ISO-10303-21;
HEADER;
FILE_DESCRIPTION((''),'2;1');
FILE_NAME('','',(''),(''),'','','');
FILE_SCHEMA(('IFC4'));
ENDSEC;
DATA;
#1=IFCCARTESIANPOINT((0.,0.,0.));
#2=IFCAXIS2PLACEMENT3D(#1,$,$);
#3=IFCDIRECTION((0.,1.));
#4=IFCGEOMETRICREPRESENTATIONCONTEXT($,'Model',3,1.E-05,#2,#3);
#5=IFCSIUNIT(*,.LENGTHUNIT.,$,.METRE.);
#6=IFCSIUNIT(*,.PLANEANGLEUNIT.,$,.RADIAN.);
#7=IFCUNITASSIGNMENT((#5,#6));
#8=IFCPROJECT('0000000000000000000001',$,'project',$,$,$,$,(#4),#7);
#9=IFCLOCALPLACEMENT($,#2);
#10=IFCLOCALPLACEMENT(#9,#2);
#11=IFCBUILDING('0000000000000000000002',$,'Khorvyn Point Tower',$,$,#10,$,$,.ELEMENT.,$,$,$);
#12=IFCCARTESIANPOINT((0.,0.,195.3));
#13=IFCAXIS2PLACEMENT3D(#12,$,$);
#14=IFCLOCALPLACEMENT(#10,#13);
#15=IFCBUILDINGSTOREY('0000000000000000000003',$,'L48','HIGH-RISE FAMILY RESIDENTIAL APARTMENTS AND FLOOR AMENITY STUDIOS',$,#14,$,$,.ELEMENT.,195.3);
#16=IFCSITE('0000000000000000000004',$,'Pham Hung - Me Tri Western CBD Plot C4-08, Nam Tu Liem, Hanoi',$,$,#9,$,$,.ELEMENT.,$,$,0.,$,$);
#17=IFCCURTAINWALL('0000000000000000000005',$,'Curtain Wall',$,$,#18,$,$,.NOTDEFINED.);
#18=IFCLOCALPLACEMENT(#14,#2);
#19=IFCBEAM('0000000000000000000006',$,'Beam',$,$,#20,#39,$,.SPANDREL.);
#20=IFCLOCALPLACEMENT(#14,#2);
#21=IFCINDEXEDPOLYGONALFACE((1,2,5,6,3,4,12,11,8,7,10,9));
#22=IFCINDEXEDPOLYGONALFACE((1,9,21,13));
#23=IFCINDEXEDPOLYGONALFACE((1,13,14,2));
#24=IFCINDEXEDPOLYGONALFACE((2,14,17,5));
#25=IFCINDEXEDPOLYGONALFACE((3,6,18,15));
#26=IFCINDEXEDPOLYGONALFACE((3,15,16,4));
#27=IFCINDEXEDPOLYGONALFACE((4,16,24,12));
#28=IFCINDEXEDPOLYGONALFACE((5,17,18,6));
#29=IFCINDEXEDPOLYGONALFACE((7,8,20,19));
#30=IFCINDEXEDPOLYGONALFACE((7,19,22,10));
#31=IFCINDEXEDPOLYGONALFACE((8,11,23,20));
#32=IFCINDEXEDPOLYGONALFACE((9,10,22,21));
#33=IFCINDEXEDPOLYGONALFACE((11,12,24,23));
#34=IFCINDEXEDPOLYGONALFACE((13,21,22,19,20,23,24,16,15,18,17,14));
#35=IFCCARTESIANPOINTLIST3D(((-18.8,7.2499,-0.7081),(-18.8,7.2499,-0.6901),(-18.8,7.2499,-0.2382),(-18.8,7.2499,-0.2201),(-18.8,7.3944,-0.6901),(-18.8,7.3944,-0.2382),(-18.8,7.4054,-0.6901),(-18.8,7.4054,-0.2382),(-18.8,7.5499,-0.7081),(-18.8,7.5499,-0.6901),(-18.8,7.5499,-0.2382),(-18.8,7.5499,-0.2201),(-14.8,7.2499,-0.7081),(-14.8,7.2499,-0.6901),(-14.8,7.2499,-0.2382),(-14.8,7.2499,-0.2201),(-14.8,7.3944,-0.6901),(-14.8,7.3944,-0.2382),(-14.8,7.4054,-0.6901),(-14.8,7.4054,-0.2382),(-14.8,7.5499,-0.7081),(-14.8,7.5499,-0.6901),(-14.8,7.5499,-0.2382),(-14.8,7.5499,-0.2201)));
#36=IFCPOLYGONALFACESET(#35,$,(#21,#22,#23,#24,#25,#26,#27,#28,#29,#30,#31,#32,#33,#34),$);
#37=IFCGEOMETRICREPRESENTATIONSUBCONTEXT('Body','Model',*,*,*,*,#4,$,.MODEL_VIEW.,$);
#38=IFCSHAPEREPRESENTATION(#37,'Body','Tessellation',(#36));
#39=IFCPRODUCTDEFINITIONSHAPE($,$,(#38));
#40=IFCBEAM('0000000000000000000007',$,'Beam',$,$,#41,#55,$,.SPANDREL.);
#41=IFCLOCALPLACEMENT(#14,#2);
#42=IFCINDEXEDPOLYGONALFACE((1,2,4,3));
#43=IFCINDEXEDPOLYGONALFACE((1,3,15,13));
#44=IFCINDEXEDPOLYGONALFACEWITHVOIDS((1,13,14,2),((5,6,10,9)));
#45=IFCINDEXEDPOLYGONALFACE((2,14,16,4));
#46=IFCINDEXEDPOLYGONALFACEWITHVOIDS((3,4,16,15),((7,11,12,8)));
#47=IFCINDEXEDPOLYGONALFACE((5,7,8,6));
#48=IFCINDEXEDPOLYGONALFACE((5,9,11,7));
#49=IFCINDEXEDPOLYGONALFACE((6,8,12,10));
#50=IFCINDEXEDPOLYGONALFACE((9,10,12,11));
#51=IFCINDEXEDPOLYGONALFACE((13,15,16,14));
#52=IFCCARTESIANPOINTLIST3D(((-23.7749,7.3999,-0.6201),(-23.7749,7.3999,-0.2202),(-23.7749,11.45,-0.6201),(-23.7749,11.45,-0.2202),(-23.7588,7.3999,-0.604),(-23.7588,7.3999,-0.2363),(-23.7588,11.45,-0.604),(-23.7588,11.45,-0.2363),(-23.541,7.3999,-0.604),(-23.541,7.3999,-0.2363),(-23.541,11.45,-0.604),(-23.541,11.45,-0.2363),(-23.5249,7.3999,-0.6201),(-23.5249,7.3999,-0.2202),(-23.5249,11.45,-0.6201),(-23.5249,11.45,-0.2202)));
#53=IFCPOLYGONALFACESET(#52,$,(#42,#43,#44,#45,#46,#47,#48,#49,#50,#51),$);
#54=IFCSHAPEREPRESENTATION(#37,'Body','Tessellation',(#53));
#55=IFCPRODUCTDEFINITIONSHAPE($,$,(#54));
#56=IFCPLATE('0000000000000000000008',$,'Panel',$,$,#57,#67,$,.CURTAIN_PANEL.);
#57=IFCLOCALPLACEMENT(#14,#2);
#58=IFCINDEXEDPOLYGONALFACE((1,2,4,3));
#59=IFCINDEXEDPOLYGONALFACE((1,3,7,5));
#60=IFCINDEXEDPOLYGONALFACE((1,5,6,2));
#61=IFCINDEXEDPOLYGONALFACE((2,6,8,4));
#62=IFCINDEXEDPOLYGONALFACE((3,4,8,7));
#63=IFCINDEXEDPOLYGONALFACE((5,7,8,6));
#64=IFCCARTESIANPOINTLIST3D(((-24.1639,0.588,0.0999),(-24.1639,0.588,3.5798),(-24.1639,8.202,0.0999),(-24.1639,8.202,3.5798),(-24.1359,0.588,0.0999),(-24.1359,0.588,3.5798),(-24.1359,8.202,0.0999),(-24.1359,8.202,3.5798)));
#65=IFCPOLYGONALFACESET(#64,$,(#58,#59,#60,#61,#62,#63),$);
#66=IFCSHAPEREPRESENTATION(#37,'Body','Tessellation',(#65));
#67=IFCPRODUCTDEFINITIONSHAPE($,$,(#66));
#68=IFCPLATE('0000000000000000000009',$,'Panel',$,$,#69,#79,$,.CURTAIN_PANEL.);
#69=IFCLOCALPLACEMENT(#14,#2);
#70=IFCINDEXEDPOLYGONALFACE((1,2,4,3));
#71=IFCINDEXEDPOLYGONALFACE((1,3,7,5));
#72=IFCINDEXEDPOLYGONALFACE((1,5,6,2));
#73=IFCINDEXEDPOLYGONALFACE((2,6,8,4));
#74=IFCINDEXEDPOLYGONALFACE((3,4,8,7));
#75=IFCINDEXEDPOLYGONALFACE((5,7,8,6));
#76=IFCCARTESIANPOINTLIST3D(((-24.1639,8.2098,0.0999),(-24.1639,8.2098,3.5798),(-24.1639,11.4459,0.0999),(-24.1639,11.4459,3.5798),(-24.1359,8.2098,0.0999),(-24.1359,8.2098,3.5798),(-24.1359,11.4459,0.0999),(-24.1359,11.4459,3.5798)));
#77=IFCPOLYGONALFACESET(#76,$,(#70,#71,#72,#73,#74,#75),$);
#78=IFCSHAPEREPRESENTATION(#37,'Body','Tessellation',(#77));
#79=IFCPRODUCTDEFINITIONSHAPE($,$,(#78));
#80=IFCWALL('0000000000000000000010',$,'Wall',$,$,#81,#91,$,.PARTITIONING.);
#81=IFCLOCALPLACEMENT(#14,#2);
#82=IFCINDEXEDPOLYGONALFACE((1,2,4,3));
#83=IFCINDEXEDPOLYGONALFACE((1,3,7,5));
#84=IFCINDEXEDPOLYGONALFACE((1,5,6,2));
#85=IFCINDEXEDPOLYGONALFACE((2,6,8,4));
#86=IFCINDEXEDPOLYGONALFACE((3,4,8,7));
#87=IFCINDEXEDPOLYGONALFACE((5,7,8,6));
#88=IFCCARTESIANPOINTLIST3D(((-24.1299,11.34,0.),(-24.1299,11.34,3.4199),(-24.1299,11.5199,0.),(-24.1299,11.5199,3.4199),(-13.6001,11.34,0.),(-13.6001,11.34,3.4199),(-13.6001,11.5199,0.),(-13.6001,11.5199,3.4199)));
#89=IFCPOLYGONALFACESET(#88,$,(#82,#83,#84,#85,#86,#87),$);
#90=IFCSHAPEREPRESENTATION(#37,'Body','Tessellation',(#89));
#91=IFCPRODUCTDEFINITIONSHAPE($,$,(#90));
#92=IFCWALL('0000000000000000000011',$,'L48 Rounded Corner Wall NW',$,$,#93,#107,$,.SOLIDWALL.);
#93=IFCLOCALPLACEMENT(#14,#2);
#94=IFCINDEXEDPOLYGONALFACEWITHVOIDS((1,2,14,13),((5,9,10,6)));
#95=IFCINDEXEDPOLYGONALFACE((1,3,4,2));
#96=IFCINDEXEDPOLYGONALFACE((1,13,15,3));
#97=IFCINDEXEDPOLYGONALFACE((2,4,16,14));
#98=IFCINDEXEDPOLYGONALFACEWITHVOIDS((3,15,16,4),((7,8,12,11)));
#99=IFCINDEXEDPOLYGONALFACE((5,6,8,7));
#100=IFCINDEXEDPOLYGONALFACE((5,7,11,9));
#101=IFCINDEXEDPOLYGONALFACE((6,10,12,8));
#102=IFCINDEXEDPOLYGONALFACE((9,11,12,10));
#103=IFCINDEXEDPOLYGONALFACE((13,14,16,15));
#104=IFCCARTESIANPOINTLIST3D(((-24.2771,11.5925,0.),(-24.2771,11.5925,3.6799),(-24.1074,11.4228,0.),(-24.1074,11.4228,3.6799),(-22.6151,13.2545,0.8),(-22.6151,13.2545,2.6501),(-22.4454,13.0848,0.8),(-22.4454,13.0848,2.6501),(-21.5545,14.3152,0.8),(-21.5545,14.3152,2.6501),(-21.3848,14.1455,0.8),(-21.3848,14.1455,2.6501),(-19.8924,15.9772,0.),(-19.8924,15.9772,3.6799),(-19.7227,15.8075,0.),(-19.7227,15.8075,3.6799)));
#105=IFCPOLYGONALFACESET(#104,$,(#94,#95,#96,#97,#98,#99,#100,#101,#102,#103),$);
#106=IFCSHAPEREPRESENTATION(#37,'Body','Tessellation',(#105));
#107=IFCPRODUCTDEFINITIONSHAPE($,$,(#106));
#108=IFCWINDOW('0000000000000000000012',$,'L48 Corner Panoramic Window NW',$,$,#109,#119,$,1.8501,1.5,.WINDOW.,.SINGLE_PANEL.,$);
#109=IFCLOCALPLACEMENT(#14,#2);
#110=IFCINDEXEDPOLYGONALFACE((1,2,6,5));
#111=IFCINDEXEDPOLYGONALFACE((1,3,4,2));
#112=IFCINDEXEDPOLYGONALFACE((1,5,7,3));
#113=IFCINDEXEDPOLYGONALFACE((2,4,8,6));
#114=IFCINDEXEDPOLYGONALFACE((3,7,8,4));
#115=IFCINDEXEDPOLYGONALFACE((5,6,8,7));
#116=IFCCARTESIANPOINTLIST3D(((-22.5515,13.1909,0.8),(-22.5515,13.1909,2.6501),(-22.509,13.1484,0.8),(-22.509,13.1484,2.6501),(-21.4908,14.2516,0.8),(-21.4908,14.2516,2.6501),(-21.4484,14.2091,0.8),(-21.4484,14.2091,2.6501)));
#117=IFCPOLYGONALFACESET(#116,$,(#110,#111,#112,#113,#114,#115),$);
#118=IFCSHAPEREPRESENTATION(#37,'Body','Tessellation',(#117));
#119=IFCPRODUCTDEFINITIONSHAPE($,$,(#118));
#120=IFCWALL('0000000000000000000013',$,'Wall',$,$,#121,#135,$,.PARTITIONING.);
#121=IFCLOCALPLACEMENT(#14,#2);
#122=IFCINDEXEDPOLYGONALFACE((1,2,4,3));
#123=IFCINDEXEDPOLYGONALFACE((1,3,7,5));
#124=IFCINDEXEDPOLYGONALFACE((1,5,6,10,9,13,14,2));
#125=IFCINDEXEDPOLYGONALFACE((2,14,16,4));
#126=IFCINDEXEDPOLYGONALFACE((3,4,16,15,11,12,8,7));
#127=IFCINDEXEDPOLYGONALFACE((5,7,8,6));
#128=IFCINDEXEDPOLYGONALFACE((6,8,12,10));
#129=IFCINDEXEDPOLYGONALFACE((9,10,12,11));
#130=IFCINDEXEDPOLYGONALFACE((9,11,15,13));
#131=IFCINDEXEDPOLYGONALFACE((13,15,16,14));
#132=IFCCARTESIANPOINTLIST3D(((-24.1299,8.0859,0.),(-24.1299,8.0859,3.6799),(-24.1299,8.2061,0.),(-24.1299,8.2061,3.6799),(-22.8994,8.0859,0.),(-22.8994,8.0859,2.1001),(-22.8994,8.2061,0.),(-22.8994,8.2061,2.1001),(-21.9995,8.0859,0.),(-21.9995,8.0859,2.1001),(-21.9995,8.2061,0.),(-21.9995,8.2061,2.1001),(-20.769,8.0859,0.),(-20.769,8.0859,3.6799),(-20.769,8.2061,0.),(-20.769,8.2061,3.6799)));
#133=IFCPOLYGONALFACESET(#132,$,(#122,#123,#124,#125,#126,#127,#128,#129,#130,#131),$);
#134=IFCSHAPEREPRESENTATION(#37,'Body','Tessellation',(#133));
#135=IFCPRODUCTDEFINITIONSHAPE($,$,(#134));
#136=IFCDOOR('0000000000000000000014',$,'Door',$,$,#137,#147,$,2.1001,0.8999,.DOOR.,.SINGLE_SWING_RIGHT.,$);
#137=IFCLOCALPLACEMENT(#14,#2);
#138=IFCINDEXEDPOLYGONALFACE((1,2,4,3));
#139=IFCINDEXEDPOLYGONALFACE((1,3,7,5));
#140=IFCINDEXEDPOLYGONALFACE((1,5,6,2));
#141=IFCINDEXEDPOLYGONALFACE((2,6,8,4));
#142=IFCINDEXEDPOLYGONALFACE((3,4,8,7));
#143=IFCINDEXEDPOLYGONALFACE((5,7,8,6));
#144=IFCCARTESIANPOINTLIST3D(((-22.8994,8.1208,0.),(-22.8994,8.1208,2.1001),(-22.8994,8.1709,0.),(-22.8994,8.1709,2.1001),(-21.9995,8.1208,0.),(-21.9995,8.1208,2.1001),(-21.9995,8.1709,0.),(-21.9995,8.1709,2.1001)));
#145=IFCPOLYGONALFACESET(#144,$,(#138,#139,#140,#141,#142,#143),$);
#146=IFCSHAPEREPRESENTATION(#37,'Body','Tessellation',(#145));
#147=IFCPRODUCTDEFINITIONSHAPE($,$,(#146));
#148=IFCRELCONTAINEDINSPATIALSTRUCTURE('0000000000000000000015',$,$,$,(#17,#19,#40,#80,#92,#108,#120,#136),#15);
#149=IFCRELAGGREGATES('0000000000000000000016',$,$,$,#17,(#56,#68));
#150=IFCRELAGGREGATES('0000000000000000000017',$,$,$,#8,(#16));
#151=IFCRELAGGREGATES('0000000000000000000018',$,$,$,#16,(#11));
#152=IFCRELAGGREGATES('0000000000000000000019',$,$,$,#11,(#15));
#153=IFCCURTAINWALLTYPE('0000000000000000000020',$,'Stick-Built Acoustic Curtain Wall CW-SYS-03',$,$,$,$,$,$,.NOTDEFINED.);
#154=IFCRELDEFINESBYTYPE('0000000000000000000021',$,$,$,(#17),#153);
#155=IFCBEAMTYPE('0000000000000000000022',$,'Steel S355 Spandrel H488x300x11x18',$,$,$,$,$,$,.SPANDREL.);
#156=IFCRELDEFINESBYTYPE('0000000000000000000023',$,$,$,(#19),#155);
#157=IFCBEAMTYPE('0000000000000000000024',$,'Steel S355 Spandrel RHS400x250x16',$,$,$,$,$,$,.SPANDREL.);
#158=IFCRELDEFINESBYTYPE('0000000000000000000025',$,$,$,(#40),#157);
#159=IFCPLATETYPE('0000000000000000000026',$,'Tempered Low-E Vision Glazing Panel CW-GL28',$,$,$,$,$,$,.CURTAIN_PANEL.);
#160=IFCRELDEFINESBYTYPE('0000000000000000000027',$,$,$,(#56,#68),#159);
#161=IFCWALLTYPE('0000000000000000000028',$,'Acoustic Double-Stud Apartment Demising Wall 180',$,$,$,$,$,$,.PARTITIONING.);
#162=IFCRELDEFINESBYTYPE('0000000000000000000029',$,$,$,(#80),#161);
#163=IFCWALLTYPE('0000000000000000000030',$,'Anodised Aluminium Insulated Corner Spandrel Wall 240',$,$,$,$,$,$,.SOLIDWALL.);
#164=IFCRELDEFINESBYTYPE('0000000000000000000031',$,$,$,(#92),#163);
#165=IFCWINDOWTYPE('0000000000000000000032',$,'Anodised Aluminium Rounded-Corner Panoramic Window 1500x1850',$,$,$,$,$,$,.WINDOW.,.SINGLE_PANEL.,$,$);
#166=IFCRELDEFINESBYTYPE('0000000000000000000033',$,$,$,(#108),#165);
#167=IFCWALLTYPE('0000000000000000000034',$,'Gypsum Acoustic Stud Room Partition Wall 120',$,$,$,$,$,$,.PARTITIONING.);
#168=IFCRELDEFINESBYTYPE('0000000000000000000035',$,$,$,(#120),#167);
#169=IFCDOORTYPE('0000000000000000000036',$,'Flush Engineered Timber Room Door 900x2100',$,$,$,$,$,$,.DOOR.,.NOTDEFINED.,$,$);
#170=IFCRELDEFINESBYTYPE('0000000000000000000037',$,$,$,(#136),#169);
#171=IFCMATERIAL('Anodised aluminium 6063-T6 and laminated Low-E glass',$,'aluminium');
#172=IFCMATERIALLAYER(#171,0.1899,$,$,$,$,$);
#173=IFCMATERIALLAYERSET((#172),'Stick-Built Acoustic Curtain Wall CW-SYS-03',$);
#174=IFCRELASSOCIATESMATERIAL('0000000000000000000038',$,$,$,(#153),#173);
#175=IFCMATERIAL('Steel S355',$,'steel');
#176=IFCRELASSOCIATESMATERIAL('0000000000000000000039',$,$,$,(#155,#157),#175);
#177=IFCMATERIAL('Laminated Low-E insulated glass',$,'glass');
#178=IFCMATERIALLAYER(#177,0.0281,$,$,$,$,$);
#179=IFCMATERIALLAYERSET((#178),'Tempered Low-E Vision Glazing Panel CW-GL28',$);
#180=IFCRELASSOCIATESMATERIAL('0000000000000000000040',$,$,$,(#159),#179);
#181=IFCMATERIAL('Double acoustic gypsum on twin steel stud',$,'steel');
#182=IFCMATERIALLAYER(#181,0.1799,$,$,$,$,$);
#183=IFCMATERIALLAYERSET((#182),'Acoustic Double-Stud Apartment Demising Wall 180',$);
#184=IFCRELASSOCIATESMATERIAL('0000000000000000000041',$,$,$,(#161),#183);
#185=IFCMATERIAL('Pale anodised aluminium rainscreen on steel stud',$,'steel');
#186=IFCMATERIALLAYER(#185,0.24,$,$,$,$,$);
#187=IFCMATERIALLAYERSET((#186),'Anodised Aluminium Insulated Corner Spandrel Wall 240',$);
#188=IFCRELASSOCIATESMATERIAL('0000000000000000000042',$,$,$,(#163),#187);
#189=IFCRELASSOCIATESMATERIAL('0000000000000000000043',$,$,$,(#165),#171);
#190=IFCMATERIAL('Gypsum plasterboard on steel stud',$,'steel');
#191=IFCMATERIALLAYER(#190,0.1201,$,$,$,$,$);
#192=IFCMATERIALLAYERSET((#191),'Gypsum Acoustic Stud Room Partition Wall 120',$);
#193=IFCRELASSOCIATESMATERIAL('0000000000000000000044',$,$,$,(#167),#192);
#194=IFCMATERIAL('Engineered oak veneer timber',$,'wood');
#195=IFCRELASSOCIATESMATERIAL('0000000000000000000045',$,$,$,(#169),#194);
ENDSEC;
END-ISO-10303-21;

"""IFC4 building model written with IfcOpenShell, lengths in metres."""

from ifc_helpers import new_model, si_unit, direction, frame, frame_2d, origin, origin_2d, place, context, subcontext, project, spatial, rectangle, hollow_rectangle, i_section, extrude, material, layer, layer_set, material_profile, profile_set, type_object, element, fill, aggregate, save


model = new_model("IFC4")

# Units and contexts
model_context = context("Model", 3, precision=1e-05, world=origin(), true_north=direction((0.0, 1.0)))
body_context = subcontext(model_context, "Body", "Model", "MODEL_VIEW")
ifc_project = project(units=[si_unit("LENGTHUNIT", "METRE"), si_unit("PLANEANGLEUNIT", "RADIAN")], contexts=[model_context])

# Site, building, storey
site_placement = place(None, origin())
site = spatial("IfcSite", under=ifc_project, at=site_placement, Name="Pham Hung - Me Tri Western CBD Plot C4-08, Nam Tu Liem, Hanoi", CompositionType="ELEMENT", RefElevation=0.0)
building_placement = place(site_placement, origin())
building = spatial("IfcBuilding", under=site, at=building_placement, Name="Khorvyn Point Tower", CompositionType="ELEMENT")
storey_placement = place(building_placement, frame((0.0, 0.0, 195.3)))
storey = spatial("IfcBuildingStorey", under=building, at=storey_placement, Name="L48", Description="HIGH-RISE FAMILY RESIDENTIAL APARTMENTS AND FLOOR AMENITY STUDIOS", CompositionType="ELEMENT", Elevation=195.3)

# Curtain wall
ifc_material_1 = material(Name="Anodised aluminium 6063-T6 and laminated Low-E glass", Category="aluminium")
ifc_layer_1 = layer(ifc_material_1, 0.1899)
ifc_layer_set_1 = layer_set([ifc_layer_1], Name="Stick-Built Acoustic Curtain Wall CW-SYS-03")
curtain_wall_type = type_object("IfcCurtainWallType", Name="Stick-Built Acoustic Curtain Wall CW-SYS-03", PredefinedType="NOTDEFINED", material=ifc_layer_set_1)
curtain_wall_1_placement = place(storey_placement, origin())
curtain_wall_1 = element("IfcCurtainWall", 1, at=curtain_wall_1_placement, inside=storey, type_object=curtain_wall_type, Name="Curtain Wall", PredefinedType="NOTDEFINED")

# Beams
ifc_material_2 = material(Name="Steel S355", Category="steel")
ifc_material_profile_1 = material_profile(ifc_material_2, i_section(OverallWidth=0.3, OverallDepth=0.488, WebThickness=0.011, FlangeThickness=0.0181, at=origin_2d()))
ifc_profile_set_1 = profile_set([ifc_material_profile_1], Name="Steel S355 H488x300x11x18")
beam_type_1 = type_object("IfcBeamType", Name="Steel S355 Spandrel H488x300x11x18", PredefinedType="SPANDREL", material=ifc_profile_set_1)
beam_1_placement = place(storey_placement, frame((-18.8, 7.3999, -0.4641), z_axis=(1.0, 0.0, 0.0), x_axis=(0.0, 1.0, 0.0)))
element("IfcBeam", 2, at=beam_1_placement, inside=storey, type_object=beam_type_1, Name="Beam", PredefinedType="SPANDREL", context=body_context, shape_type="SweptSolid", body=[
    extrude(i_section(OverallWidth=0.3, OverallDepth=0.488, WebThickness=0.011, FlangeThickness=0.0181, at=origin_2d()), origin(), (0.0, 0.0, 1.0), 4.0),
])
ifc_material_profile_2 = material_profile(ifc_material_2, hollow_rectangle(XDim=0.25, YDim=0.3999, WallThickness=0.0161, at=origin_2d()))
ifc_profile_set_2 = profile_set([ifc_material_profile_2], Name="Steel S355 RHS400x250x16")
beam_type_2 = type_object("IfcBeamType", Name="Steel S355 Spandrel RHS400x250x16", PredefinedType="SPANDREL", material=ifc_profile_set_2)
beam_2_placement = place(storey_placement, frame((-23.6499, 7.3999, -0.4202), z_axis=(0.0, 1.0, 0.0), x_axis=(-1.0, 0.0, 0.0)))
element("IfcBeam", 3, at=beam_2_placement, inside=storey, type_object=beam_type_2, Name="Beam", PredefinedType="SPANDREL", context=body_context, shape_type="SweptSolid", body=[
    extrude(hollow_rectangle(XDim=0.25, YDim=0.3999, WallThickness=0.0161, at=origin_2d()), origin(), (0.0, 0.0, 1.0), 4.05),
])

# Plates
ifc_material_3 = material(Name="Laminated Low-E insulated glass", Category="glass")
ifc_layer_2 = layer(ifc_material_3, 0.0281)
ifc_layer_set_2 = layer_set([ifc_layer_2], Name="Tempered Low-E Vision Glazing Panel CW-GL28")
plate_type = type_object("IfcPlateType", Name="Tempered Low-E Vision Glazing Panel CW-GL28", PredefinedType="CURTAIN_PANEL", material=ifc_layer_set_2)
plate_1_placement = place(storey_placement, frame((-24.1499, 4.395, 0.0999), z_axis=(0.0, 0.0, 1.0), x_axis=(0.0, 1.0, 0.0)))
plate_1 = element("IfcPlate", 4, at=plate_1_placement, type_object=plate_type, Name="Panel", PredefinedType="CURTAIN_PANEL", context=body_context, shape_type="SweptSolid", body=[
    extrude(rectangle(XDim=7.614, YDim=0.0281, at=origin_2d()), origin(), (0.0, 0.0, 1.0), 3.48),
])
plate_2_placement = place(storey_placement, frame((-24.1499, 9.8279, 0.0999), z_axis=(0.0, 0.0, 1.0), x_axis=(0.0, 1.0, 0.0)))
plate_2 = element("IfcPlate", 5, at=plate_2_placement, type_object=plate_type, Name="Panel", PredefinedType="CURTAIN_PANEL", context=body_context, shape_type="SweptSolid", body=[
    extrude(rectangle(XDim=3.2361, YDim=0.0281, at=origin_2d()), origin(), (0.0, 0.0, 1.0), 3.48),
])
aggregate(curtain_wall_1, [plate_1, plate_2])

# Wall
ifc_material_4 = material(Name="Double acoustic gypsum on twin steel stud", Category="steel")
ifc_layer_3 = layer(ifc_material_4, 0.1799)
ifc_layer_set_3 = layer_set([ifc_layer_3], Name="Acoustic Double-Stud Apartment Demising Wall 180")
wall_type_1 = type_object("IfcWallType", Name="Acoustic Double-Stud Apartment Demising Wall 180", PredefinedType="PARTITIONING", material=ifc_layer_set_3)
wall_1_placement = place(storey_placement, frame((-24.1299, 11.4299, 0.0), z_axis=(0.0, 0.0, 1.0), x_axis=(1.0, 0.0, 0.0)))
element("IfcWall", 6, at=wall_1_placement, inside=storey, type_object=wall_type_1, Name="Wall", PredefinedType="PARTITIONING", context=body_context, shape_type="SweptSolid", body=[
    extrude(rectangle(XDim=10.5298, YDim=0.1799, at=frame_2d((5.2649, 0.0))), origin(), (0.0, 0.0, 1.0), 3.4199),
])

# Wall, opening, window
ifc_material_5 = material(Name="Pale anodised aluminium rainscreen on steel stud", Category="steel")
ifc_layer_4 = layer(ifc_material_5, 0.24)
ifc_layer_set_4 = layer_set([ifc_layer_4], Name="Anodised Aluminium Insulated Corner Spandrel Wall 240")
wall_type_2 = type_object("IfcWallType", Name="Anodised Aluminium Insulated Corner Spandrel Wall 240", PredefinedType="SOLIDWALL", material=ifc_layer_set_4)
wall_2_placement = place(storey_placement, frame((-24.1924, 11.5076, 0.0), z_axis=(0.0, 0.0, 1.0), x_axis=(0.707107, 0.707107, 0.0)))
wall_2 = element("IfcWall", 7, at=wall_2_placement, inside=storey, type_object=wall_type_2, Name="L48 Rounded Corner Wall NW", PredefinedType="SOLIDWALL", context=body_context, shape_type="SweptSolid", body=[
    extrude(rectangle(XDim=6.2009, YDim=0.24, at=frame_2d((3.1006, 0.0))), origin(), (0.0, 0.0, 1.0), 3.6799),
])
opening_1_placement = place(wall_2_placement, frame((2.3506, 0.0, 0.8)))
opening_1 = element("IfcOpeningElement", 8, at=opening_1_placement, cuts=wall_2, PredefinedType="OPENING", context=body_context, shape_type="SweptSolid", body=[
    extrude(rectangle(XDim=1.5, YDim=1.8501, at=frame_2d((0.75, 0.925))), frame((0.0, 0.1299, 0.0), z_axis=(0.0, -1.0, 0.0), x_axis=(1.0, 0.0, 0.0)), (0.0, 0.0, 1.0), 0.26),
])
window_type = type_object("IfcWindowType", Name="Anodised Aluminium Rounded-Corner Panoramic Window 1500x1850", PartitioningType="SINGLE_PANEL", PredefinedType="WINDOW", material=ifc_material_1)
window_placement = place(opening_1_placement, origin())
window = element("IfcWindow", 9, at=window_placement, inside=storey, type_object=window_type, Name="L48 Corner Panoramic Window NW", OverallHeight=1.8501, OverallWidth=1.5, PartitioningType="SINGLE_PANEL", PredefinedType="WINDOW", context=body_context, shape_type="SweptSolid", body=[
    extrude(rectangle(XDim=1.5, YDim=1.8501, at=frame_2d((0.75, 0.925))), frame((0.0, 0.03, 0.0), z_axis=(0.0, -1.0, 0.0), x_axis=(1.0, 0.0, 0.0)), (0.0, 0.0, 1.0), 0.0601),
])
fill(opening_1, window)

# Wall, opening, door
ifc_material_6 = material(Name="Gypsum plasterboard on steel stud", Category="steel")
ifc_layer_5 = layer(ifc_material_6, 0.1201)
ifc_layer_set_5 = layer_set([ifc_layer_5], Name="Gypsum Acoustic Stud Room Partition Wall 120")
wall_type_3 = type_object("IfcWallType", Name="Gypsum Acoustic Stud Room Partition Wall 120", PredefinedType="PARTITIONING", material=ifc_layer_set_5)
wall_3_placement = place(storey_placement, frame((-24.1299, 8.146, 0.0), z_axis=(0.0, 0.0, 1.0), x_axis=(1.0, 0.0, 0.0)))
wall_3 = element("IfcWall", 10, at=wall_3_placement, inside=storey, type_object=wall_type_3, Name="Wall", PredefinedType="PARTITIONING", context=body_context, shape_type="SweptSolid", body=[
    extrude(rectangle(XDim=3.3608, YDim=0.1201, at=frame_2d((1.6804, 0.0))), origin(), (0.0, 0.0, 1.0), 3.6799),
])
opening_2_placement = place(wall_3_placement, frame((1.2305, 0.0, 0.0)))
opening_2 = element("IfcOpeningElement", 11, at=opening_2_placement, cuts=wall_3, PredefinedType="OPENING", context=body_context, shape_type="SweptSolid", body=[
    extrude(rectangle(XDim=0.8999, YDim=2.1001, at=frame_2d((0.45, 1.05))), frame((0.0, 0.0701, 0.0), z_axis=(0.0, -1.0, 0.0), x_axis=(1.0, 0.0, 0.0)), (0.0, 0.0, 1.0), 0.1401),
])
ifc_material_7 = material(Name="Engineered oak veneer timber", Category="wood")
door_type_1 = type_object("IfcDoorType", Name="Flush Engineered Timber Room Door 900x2100", OperationType="NOTDEFINED", PredefinedType="DOOR", material=ifc_material_7)
door_1_placement = place(opening_2_placement, origin())
door_1 = element("IfcDoor", 12, at=door_1_placement, inside=storey, type_object=door_type_1, Name="Door", OperationType="SINGLE_SWING_RIGHT", OverallHeight=2.1001, OverallWidth=0.8999, PredefinedType="DOOR", context=body_context, shape_type="SweptSolid", body=[
    extrude(rectangle(XDim=0.8999, YDim=2.1001, at=frame_2d((0.45, 1.05))), frame((0.0, 0.0249, 0.0), z_axis=(0.0, -1.0, 0.0), x_axis=(1.0, 0.0, 0.0)), (0.0, 0.0, 1.0), 0.05),
])
fill(opening_2, door_1)

save(model, "model.ifc")
